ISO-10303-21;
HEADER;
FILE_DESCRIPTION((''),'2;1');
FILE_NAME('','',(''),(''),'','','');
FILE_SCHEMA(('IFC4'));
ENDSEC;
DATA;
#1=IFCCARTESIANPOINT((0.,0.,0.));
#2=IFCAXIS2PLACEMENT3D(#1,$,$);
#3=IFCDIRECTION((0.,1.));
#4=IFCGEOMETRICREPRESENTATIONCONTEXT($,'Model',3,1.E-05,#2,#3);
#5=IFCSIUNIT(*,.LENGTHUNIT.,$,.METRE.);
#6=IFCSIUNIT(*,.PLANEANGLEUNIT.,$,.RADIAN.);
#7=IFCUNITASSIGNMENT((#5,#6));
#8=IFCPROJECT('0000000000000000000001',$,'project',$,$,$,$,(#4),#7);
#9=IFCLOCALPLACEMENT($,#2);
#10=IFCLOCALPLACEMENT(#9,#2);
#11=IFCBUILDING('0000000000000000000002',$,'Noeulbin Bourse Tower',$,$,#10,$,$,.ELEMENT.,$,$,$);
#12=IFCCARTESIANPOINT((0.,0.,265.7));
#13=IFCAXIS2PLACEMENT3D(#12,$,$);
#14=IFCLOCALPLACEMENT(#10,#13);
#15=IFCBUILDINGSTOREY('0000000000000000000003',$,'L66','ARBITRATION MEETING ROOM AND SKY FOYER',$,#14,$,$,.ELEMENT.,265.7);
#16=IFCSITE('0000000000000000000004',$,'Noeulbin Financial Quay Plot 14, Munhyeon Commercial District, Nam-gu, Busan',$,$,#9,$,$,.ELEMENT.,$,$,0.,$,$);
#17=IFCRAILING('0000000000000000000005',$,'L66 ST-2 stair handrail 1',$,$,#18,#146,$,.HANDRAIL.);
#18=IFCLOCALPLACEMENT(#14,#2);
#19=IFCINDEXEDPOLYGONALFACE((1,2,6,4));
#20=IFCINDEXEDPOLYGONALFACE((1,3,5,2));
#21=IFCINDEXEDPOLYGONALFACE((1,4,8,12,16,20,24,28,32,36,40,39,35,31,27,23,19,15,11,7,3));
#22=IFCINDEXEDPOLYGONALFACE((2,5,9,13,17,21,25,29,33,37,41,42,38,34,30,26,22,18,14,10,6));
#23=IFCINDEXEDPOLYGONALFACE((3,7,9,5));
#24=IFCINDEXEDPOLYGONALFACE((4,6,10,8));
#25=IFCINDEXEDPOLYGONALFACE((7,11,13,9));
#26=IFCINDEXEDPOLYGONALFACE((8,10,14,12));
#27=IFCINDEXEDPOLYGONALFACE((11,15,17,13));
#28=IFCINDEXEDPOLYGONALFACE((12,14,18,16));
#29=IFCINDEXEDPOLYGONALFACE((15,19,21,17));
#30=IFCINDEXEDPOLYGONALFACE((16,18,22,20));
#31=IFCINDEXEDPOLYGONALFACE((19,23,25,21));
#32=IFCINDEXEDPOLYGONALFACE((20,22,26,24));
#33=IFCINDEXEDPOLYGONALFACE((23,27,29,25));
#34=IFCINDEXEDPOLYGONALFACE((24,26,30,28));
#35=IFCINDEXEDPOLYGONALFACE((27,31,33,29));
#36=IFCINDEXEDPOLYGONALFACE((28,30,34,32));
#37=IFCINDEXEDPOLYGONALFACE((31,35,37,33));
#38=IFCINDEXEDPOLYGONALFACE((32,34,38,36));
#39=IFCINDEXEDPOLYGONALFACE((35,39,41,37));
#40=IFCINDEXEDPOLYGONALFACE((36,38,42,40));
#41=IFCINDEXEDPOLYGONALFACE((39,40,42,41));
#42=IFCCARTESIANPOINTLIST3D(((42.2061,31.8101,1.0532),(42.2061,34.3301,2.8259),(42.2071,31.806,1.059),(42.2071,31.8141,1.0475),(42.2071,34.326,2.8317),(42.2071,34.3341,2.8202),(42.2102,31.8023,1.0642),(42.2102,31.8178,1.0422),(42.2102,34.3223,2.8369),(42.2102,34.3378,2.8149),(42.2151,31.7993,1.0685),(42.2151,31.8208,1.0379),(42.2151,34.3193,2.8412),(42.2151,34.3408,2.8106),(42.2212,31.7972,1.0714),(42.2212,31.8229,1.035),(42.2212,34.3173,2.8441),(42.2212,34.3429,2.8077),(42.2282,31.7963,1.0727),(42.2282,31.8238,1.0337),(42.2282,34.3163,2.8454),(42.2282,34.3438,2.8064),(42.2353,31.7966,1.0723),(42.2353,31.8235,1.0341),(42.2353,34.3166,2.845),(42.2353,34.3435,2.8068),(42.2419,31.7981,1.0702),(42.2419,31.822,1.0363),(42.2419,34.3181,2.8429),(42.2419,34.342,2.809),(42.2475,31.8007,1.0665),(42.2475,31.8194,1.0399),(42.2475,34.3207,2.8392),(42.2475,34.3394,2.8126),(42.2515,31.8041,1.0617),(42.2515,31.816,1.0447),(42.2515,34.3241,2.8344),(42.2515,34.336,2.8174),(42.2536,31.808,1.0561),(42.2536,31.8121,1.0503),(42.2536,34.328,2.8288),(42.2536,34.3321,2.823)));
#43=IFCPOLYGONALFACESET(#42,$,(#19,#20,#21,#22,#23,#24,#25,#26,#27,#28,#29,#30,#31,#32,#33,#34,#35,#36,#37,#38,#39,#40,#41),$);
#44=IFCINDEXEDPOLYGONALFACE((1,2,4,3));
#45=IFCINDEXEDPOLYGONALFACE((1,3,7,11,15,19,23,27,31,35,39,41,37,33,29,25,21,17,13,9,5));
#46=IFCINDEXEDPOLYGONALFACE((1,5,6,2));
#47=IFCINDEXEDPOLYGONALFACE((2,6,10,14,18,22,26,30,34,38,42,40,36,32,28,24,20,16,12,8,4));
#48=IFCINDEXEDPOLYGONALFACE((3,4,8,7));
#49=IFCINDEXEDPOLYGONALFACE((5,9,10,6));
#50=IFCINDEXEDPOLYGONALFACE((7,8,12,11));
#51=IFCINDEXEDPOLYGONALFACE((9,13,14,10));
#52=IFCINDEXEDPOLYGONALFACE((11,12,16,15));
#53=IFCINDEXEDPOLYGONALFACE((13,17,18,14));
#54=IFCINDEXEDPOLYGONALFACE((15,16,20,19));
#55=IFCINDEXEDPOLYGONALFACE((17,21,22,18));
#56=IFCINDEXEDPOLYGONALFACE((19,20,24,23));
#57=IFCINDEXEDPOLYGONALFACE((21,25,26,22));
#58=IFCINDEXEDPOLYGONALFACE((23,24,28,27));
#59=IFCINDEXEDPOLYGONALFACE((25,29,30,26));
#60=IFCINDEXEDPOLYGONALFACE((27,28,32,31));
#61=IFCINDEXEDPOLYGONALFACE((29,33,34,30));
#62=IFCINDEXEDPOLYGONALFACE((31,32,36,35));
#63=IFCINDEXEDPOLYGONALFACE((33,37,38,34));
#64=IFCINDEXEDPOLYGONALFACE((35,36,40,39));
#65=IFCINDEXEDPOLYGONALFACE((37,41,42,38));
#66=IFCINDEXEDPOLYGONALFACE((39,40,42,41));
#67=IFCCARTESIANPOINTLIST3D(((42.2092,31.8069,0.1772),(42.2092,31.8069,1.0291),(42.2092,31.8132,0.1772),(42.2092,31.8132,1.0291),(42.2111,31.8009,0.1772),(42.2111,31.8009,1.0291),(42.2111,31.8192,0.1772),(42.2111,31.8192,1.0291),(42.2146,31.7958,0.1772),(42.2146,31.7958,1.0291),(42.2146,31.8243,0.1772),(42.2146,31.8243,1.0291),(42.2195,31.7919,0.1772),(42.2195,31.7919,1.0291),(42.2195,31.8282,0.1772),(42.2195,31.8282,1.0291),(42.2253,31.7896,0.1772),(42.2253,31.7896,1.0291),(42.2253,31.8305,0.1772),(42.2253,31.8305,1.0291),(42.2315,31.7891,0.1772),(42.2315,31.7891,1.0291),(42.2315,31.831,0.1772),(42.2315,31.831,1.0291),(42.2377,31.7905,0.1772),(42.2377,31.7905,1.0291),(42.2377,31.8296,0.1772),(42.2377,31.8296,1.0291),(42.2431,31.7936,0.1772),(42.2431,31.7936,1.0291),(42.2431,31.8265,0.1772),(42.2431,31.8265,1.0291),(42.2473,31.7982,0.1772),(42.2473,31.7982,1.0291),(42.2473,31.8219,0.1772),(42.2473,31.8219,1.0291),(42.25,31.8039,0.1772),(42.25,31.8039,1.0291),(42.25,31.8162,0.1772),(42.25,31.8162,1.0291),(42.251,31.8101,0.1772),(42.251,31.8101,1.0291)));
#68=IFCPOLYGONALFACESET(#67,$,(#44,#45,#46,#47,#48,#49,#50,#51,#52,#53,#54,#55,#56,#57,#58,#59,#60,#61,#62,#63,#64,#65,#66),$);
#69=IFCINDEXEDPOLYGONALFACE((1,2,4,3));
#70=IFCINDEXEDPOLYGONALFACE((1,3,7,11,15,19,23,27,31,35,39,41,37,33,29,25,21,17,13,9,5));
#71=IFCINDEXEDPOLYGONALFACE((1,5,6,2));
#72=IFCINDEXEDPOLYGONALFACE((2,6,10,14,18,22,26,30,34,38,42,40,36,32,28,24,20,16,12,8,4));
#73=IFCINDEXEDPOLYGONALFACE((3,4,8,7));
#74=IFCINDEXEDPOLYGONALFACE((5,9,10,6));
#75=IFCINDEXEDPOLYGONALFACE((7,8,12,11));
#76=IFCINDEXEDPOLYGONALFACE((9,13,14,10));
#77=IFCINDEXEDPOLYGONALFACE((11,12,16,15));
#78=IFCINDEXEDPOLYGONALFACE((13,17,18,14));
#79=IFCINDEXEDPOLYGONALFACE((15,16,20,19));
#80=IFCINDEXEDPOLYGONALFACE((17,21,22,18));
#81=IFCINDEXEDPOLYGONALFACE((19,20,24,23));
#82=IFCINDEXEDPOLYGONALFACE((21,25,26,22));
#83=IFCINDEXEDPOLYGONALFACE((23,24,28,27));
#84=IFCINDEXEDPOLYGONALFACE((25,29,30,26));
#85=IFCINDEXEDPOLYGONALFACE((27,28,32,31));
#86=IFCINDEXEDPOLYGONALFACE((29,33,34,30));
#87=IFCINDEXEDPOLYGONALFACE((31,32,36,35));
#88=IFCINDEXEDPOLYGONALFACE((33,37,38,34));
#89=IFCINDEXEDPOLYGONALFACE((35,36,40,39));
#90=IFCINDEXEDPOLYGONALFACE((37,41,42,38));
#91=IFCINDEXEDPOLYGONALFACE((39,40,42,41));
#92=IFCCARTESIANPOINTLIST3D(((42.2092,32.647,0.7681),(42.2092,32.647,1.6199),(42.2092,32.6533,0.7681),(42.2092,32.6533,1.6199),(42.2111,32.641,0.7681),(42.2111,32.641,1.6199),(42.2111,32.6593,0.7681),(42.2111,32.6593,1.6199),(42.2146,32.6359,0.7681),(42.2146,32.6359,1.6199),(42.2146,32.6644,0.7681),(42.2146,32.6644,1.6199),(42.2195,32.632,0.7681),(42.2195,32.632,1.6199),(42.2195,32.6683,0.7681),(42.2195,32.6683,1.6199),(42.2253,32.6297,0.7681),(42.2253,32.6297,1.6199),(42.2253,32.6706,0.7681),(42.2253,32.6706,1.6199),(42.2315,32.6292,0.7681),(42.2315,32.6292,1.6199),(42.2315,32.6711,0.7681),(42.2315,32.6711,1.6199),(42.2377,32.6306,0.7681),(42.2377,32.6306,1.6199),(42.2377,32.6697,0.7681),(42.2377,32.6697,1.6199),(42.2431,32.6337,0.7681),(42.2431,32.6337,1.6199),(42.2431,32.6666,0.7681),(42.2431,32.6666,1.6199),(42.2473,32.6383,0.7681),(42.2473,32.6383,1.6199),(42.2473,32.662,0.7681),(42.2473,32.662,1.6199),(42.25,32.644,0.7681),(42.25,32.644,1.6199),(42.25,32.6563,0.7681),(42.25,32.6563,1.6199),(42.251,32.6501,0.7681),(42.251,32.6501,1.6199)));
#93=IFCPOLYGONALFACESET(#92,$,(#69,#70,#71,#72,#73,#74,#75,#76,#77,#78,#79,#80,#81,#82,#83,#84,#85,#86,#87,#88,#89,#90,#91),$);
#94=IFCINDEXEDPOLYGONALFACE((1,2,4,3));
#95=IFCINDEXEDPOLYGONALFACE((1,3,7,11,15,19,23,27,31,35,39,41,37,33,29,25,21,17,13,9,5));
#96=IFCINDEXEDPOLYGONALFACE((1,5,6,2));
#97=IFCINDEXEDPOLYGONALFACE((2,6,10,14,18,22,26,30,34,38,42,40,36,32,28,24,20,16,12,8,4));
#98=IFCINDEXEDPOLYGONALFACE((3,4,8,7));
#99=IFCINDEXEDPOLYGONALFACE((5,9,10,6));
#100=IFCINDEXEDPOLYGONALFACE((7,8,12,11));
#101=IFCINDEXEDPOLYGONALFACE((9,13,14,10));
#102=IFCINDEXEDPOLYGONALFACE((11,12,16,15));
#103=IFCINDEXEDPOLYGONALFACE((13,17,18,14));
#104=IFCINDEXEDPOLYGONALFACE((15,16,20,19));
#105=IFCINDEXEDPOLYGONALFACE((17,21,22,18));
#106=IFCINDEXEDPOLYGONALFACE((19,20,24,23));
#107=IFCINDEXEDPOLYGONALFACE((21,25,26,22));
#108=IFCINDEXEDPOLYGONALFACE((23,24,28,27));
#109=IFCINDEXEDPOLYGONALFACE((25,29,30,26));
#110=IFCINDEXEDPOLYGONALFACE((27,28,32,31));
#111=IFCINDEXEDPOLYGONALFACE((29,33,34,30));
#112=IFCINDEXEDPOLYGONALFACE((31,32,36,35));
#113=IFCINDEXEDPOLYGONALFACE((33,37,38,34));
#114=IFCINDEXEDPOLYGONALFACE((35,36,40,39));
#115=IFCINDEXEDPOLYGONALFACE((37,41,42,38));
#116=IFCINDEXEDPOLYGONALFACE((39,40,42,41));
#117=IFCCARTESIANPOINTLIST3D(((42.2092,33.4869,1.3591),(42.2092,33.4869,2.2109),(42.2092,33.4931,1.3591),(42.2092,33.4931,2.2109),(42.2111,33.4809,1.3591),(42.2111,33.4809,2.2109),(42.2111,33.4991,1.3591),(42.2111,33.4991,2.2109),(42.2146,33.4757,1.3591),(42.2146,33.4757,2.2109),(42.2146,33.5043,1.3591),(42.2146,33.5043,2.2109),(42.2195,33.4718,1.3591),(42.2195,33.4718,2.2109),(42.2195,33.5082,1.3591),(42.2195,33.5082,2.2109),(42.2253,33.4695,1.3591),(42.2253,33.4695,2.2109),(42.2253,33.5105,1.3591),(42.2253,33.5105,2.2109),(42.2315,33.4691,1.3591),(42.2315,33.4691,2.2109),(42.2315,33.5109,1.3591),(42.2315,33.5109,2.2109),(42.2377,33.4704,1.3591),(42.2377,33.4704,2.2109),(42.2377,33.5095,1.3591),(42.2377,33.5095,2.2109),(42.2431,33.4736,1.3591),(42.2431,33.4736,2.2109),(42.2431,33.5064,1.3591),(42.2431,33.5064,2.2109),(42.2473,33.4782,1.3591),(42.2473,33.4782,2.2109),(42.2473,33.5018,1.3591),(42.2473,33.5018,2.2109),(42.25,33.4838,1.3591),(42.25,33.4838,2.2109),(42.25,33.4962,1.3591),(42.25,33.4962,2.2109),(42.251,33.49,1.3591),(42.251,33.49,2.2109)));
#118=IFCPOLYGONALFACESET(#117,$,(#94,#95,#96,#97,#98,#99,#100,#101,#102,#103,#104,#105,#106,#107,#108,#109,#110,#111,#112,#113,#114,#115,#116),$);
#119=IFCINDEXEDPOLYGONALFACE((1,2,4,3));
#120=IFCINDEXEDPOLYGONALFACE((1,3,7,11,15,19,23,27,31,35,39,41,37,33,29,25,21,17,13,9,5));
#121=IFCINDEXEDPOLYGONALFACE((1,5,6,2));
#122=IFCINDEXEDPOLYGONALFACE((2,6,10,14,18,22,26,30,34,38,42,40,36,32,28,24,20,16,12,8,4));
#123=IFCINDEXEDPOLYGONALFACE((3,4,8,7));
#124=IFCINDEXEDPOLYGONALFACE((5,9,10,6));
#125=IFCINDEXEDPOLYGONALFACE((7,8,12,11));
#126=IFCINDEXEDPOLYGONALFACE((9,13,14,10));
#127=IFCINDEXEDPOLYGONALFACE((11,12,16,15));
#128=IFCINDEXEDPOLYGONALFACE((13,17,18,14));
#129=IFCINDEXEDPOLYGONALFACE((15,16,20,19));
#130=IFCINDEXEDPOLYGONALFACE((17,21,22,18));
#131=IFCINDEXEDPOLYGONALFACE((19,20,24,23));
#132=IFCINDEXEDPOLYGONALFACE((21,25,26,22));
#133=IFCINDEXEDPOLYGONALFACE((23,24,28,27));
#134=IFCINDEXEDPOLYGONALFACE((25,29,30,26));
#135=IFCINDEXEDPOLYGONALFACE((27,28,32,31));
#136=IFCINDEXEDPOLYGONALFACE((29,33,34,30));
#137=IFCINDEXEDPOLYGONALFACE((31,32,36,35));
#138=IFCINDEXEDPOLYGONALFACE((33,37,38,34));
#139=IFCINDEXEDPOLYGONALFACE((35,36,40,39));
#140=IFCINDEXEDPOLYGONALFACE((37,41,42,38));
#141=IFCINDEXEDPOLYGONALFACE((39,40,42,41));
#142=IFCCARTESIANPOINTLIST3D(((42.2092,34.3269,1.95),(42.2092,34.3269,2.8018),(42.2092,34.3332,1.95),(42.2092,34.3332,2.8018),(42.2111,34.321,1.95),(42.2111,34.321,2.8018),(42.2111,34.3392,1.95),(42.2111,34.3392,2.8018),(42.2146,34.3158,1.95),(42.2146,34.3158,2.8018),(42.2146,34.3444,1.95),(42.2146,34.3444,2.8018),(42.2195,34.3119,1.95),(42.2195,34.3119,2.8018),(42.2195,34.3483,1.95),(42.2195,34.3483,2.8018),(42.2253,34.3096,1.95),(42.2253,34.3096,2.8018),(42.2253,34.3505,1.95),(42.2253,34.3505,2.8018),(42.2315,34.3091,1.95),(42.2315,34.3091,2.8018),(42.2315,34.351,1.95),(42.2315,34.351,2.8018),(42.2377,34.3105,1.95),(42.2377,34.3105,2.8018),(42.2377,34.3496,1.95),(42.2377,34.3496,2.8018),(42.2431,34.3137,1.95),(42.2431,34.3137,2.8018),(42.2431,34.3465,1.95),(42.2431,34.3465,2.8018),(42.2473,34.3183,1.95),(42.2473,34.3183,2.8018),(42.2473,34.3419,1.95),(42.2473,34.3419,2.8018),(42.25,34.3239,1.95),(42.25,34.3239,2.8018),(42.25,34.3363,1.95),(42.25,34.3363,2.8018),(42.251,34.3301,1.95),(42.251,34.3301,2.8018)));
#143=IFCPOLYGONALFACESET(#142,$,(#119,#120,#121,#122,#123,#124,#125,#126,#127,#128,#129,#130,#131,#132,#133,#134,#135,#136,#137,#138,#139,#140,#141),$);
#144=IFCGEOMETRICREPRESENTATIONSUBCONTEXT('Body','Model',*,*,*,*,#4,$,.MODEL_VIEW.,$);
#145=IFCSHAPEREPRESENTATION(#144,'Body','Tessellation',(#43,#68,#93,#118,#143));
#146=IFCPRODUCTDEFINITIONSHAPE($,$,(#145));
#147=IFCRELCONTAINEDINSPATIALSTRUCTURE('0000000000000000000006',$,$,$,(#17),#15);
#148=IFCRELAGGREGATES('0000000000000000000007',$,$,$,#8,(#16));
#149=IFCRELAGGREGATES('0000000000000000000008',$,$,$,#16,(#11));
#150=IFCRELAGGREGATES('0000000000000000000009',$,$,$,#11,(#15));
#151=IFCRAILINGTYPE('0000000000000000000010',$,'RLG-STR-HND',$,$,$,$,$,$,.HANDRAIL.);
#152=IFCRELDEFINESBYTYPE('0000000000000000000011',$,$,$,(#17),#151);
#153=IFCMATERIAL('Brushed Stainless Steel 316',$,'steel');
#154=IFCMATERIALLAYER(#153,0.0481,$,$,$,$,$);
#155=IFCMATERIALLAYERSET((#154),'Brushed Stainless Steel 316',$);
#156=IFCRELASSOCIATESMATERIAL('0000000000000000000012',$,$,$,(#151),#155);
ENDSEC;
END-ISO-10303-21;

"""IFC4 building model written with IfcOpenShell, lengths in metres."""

from ifc_helpers import new_model, si_unit, direction, frame, origin, origin_2d, place, context, subcontext, project, spatial, circle, extrude, material, layer, layer_set, type_object, element, save


model = new_model("IFC4")

# Units and contexts
model_context = context("Model", 3, precision=1e-05, world=origin(), true_north=direction((0.0, 1.0)))
body_context = subcontext(model_context, "Body", "Model", "MODEL_VIEW")
ifc_project = project(units=[si_unit("LENGTHUNIT", "METRE"), si_unit("PLANEANGLEUNIT", "RADIAN")], contexts=[model_context])

# Site, building, storey
site_placement = place(None, origin())
site = spatial("IfcSite", under=ifc_project, at=site_placement, Name="Noeulbin Financial Quay Plot 14, Munhyeon Commercial District, Nam-gu, Busan", CompositionType="ELEMENT", RefElevation=0.0)
building_placement = place(site_placement, origin())
building = spatial("IfcBuilding", under=site, at=building_placement, Name="Noeulbin Bourse Tower", CompositionType="ELEMENT")
storey_placement = place(building_placement, frame((0.0, 0.0, 265.7)))
storey = spatial("IfcBuildingStorey", under=building, at=storey_placement, Name="L66", Description="ARBITRATION MEETING ROOM AND SKY FOYER", CompositionType="ELEMENT", Elevation=265.7)

# Railing
ifc_material_1 = material(Name="Brushed Stainless Steel 316", Category="steel")
ifc_layer_1 = layer(ifc_material_1, 0.0481)
ifc_layer_set_1 = layer_set([ifc_layer_1], Name="Brushed Stainless Steel 316")
railing_type_1 = type_object("IfcRailingType", Name="RLG-STR-HND", PredefinedType="HANDRAIL", material=ifc_layer_set_1)
railing_1_placement = place(storey_placement, frame((42.23, 31.8101, 0.1772)))
element("IfcRailing", 1, at=railing_1_placement, inside=storey, type_object=railing_type_1, Name="L66 ST-2 stair handrail 1", PredefinedType="HANDRAIL", context=body_context, shape_type="SweptSolid", body=[
    extrude(circle(Radius=0.0239, at=origin_2d()), frame((0.0, 0.0, 0.876), z_axis=(0.0, 0.817904, 0.575354), x_axis=(-1.0, 0.0, 0.0)), (0.0, 0.0, 1.0), 3.0811),
    extrude(circle(Radius=0.021, at=origin_2d()), origin(), (0.0, 0.0, 1.0), 0.8518),
    extrude(circle(Radius=0.021, at=origin_2d()), frame((0.0, 0.8401, 0.5908)), (0.0, 0.0, 1.0), 0.8518),
    extrude(circle(Radius=0.021, at=origin_2d()), frame((0.0, 1.6799, 1.1819)), (0.0, 0.0, 1.0), 0.8518),
    extrude(circle(Radius=0.021, at=origin_2d()), frame((0.0, 2.52, 1.7727)), (0.0, 0.0, 1.0), 0.8518),
])

save(model, "model.ifc")
